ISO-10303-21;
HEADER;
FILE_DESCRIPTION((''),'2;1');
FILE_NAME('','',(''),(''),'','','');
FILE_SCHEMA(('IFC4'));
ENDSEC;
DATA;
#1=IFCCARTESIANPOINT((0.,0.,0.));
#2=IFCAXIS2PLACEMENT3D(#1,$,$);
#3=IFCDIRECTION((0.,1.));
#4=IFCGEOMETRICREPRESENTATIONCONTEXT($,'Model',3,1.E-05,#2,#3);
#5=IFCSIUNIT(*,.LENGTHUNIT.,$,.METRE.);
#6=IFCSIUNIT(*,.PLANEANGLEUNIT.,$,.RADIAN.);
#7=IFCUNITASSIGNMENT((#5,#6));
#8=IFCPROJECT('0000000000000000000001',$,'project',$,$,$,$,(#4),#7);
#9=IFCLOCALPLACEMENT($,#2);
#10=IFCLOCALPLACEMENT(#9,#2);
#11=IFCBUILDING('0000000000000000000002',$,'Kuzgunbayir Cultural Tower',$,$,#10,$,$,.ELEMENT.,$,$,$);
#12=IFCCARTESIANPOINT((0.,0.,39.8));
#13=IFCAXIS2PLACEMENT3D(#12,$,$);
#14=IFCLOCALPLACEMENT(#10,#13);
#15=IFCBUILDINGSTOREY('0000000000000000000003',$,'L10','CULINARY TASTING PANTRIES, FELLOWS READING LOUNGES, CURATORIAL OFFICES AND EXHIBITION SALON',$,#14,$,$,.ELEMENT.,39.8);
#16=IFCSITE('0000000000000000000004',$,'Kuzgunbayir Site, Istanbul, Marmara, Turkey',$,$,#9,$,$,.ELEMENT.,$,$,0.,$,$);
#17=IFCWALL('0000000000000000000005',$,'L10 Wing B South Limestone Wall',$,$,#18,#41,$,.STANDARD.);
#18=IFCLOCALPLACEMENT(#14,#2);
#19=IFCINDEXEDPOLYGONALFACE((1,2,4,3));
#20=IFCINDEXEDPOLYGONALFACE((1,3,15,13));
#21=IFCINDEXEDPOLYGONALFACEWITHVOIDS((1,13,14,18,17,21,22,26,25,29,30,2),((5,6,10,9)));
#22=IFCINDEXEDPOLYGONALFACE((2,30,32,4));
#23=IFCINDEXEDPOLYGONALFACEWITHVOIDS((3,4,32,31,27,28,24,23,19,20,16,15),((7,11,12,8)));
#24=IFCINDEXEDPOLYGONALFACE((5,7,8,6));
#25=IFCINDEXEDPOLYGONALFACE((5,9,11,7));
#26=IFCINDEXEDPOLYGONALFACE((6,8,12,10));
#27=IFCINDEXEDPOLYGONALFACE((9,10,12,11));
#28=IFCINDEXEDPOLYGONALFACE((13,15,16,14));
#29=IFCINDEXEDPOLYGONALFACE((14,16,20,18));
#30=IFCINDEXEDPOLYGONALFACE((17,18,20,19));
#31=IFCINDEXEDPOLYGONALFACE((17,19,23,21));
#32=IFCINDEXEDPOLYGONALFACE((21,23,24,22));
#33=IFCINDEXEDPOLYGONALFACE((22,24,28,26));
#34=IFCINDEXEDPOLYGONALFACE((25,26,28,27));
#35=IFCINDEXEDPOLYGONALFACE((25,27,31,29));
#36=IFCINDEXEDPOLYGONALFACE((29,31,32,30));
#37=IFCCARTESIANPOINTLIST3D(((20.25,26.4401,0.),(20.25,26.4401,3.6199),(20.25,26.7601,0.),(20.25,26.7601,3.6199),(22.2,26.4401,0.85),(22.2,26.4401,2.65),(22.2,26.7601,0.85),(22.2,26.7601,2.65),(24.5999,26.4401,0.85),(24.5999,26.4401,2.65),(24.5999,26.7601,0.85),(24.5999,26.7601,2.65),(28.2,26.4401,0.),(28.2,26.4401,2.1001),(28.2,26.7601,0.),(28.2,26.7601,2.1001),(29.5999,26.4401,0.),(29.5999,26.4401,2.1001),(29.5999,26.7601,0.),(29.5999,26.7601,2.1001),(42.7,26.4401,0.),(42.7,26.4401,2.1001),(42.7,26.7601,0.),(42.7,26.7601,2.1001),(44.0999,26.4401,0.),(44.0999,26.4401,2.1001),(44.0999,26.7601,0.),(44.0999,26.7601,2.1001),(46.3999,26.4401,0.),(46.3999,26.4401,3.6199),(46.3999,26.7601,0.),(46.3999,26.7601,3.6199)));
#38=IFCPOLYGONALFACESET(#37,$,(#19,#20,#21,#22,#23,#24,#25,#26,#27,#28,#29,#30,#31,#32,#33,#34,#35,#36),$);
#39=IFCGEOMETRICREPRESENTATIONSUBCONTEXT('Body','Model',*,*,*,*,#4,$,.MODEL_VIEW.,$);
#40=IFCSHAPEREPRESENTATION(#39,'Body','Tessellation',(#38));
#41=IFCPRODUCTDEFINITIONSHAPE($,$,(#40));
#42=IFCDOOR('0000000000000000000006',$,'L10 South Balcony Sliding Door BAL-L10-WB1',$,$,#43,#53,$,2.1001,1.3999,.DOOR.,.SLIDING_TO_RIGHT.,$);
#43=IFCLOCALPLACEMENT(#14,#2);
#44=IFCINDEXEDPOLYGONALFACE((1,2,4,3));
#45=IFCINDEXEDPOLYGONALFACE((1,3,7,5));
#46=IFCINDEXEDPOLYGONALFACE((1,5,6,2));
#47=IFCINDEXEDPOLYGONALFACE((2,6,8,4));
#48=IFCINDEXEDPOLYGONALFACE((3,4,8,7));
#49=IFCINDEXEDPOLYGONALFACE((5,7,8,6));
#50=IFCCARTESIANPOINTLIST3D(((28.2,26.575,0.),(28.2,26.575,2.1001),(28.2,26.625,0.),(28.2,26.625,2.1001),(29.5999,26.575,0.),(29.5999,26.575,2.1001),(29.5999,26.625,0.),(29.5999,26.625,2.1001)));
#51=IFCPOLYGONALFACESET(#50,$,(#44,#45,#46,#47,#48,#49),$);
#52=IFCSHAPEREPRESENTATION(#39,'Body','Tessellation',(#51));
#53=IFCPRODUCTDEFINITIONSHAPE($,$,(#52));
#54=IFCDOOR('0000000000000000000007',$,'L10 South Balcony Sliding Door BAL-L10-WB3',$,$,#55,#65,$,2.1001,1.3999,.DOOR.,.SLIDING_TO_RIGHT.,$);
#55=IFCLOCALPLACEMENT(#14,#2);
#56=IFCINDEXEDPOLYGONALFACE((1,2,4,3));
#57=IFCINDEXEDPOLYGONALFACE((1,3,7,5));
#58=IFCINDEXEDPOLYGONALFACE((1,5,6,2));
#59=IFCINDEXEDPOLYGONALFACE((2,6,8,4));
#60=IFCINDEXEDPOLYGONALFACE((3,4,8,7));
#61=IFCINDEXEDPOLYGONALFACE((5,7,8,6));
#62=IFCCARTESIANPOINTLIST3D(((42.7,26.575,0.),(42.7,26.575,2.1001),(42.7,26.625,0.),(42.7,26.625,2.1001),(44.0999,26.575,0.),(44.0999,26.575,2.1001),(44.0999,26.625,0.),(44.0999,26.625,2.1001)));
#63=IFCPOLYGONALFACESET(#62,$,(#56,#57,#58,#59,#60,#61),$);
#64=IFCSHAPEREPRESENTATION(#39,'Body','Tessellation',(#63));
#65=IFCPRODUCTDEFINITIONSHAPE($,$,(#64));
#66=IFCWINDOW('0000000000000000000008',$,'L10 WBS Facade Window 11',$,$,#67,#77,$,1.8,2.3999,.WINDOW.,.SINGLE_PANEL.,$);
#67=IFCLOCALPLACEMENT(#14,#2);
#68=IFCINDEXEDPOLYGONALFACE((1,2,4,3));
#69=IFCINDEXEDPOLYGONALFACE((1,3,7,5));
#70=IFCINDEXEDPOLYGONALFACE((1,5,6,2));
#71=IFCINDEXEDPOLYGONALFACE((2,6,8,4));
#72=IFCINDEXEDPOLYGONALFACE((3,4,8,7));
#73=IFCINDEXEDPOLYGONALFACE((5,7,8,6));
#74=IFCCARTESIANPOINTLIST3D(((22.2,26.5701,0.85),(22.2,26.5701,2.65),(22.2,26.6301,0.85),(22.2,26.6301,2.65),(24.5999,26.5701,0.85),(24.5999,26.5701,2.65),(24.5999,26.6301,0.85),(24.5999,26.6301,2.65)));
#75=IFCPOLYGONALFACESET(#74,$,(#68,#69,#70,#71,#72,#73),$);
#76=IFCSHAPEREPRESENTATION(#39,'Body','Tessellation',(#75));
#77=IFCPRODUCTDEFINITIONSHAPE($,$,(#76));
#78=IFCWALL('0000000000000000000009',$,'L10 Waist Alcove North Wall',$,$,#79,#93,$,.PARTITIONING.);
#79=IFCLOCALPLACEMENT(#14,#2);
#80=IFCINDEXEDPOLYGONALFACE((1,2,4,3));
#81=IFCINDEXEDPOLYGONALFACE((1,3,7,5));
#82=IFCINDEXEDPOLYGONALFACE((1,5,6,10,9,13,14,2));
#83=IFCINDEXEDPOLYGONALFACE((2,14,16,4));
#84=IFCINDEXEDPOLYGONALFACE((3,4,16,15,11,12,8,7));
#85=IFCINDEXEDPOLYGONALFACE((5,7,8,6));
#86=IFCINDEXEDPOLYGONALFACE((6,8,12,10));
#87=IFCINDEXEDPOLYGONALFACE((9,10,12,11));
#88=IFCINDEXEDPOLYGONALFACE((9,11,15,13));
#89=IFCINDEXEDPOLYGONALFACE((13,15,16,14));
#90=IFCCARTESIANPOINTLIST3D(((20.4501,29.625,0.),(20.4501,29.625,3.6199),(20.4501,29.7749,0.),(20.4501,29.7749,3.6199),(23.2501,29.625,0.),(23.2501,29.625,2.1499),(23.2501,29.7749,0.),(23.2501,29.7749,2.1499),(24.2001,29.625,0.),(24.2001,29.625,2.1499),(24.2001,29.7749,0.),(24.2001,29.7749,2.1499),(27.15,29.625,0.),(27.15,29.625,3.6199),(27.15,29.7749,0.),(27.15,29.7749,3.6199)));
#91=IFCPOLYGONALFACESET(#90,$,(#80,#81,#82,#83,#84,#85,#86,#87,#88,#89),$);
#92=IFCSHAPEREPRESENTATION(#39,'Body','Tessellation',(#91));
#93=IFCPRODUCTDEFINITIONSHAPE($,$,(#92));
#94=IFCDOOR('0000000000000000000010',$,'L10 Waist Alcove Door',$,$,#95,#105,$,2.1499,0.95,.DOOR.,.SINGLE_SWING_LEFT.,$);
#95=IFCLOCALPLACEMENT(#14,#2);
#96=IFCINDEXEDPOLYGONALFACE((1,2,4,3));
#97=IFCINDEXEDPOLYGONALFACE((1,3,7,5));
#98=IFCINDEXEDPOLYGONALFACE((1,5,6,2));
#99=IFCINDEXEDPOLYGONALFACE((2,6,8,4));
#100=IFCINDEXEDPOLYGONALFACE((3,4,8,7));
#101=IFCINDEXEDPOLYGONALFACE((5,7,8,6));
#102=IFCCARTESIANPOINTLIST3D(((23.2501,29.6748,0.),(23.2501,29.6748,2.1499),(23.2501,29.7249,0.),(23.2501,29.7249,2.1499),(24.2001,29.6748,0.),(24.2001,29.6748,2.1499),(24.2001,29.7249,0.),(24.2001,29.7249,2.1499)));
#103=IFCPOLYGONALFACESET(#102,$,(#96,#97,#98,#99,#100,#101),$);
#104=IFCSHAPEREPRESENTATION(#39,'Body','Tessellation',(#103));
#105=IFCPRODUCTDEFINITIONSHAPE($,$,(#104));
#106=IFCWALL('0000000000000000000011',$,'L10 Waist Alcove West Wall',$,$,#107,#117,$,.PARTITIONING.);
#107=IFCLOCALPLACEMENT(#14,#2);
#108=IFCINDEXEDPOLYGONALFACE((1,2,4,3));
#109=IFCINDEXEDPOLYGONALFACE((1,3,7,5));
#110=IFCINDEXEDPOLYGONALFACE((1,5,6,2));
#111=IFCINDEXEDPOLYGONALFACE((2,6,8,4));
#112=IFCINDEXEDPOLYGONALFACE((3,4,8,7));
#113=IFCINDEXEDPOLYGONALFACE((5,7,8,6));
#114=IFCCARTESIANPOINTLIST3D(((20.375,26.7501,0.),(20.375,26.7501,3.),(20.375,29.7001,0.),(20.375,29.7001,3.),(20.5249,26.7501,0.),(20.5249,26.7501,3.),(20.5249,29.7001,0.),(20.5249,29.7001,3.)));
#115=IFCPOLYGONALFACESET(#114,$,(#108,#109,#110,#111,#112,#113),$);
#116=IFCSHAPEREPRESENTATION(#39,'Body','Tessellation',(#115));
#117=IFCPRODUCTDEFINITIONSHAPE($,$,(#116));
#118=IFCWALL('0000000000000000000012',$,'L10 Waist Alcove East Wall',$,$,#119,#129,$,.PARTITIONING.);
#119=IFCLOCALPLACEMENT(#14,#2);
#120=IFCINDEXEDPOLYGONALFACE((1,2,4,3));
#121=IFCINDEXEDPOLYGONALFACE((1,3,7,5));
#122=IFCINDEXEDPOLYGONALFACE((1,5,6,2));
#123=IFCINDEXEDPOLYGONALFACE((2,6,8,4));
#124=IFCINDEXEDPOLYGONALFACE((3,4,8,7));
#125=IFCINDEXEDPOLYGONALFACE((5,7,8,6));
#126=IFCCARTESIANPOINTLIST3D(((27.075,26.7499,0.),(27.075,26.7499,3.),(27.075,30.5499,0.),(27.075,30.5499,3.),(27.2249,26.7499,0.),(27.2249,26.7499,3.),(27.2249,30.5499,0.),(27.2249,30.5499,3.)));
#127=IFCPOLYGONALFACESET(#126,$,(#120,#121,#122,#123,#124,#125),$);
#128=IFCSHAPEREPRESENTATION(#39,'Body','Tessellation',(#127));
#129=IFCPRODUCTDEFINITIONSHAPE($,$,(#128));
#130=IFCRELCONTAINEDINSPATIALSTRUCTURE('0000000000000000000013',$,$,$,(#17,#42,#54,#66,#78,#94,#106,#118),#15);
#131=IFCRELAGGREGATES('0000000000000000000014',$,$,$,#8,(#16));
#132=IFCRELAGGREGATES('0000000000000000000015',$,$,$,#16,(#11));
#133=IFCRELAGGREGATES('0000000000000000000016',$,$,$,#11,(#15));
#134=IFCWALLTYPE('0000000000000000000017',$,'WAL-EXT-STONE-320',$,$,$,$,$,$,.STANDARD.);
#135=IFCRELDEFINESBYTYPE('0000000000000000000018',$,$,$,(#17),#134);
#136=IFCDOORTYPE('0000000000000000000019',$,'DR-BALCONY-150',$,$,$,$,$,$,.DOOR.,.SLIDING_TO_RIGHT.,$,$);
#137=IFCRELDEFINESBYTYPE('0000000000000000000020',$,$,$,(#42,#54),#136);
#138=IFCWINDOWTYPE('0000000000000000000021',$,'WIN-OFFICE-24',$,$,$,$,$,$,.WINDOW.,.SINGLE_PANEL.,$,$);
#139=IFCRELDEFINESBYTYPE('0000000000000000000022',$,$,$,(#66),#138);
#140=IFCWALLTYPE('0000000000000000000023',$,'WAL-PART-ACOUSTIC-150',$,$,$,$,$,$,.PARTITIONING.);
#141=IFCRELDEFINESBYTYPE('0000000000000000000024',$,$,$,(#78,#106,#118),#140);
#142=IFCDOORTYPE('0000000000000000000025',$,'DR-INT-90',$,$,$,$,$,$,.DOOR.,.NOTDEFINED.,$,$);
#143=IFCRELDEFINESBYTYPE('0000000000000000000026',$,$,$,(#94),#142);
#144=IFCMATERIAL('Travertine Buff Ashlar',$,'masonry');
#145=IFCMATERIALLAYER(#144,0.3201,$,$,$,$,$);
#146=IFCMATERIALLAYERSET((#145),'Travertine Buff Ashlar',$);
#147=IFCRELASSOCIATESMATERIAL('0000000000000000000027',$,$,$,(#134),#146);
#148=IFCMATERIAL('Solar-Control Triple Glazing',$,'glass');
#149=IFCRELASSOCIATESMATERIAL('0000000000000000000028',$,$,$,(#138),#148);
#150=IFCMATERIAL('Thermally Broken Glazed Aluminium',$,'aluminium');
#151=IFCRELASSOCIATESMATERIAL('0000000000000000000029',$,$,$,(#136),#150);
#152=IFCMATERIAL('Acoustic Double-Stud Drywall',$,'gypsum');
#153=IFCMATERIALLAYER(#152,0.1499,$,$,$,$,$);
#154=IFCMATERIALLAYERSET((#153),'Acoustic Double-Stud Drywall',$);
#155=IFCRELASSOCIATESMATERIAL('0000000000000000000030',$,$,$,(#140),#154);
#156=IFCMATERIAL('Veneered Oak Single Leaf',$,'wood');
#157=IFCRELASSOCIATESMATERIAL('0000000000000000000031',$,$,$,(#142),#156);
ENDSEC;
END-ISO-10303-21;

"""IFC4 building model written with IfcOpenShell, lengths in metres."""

from ifc_helpers import new_model, si_unit, direction, frame, frame_2d, origin, place, context, subcontext, project, spatial, rectangle, extrude, material, layer, layer_set, type_object, element, fill, save


model = new_model("IFC4")

# Units and contexts
model_context = context("Model", 3, precision=1e-05, world=origin(), true_north=direction((0.0, 1.0)))
body_context = subcontext(model_context, "Body", "Model", "MODEL_VIEW")
ifc_project = project(units=[si_unit("LENGTHUNIT", "METRE"), si_unit("PLANEANGLEUNIT", "RADIAN")], contexts=[model_context])

# Site, building, storey
site_placement = place(None, origin())
site = spatial("IfcSite", under=ifc_project, at=site_placement, Name="Kuzgunbayir Site, Istanbul, Marmara, Turkey", CompositionType="ELEMENT", RefElevation=0.0)
building_placement = place(site_placement, origin())
building = spatial("IfcBuilding", under=site, at=building_placement, Name="Kuzgunbayir Cultural Tower", CompositionType="ELEMENT")
storey_placement = place(building_placement, frame((0.0, 0.0, 39.8)))
storey = spatial("IfcBuildingStorey", under=building, at=storey_placement, Name="L10", Description="CULINARY TASTING PANTRIES, FELLOWS READING LOUNGES, CURATORIAL OFFICES AND EXHIBITION SALON", CompositionType="ELEMENT", Elevation=39.8)

# Shared definitions
ifc_material_1 = material(Name="Travertine Buff Ashlar", Category="masonry")
ifc_layer_1 = layer(ifc_material_1, 0.3201)
ifc_layer_set_1 = layer_set([ifc_layer_1], Name="Travertine Buff Ashlar")
wall_type_1 = type_object("IfcWallType", Name="WAL-EXT-STONE-320", PredefinedType="STANDARD", material=ifc_layer_set_1)
ifc_material_2 = material(Name="Solar-Control Triple Glazing", Category="glass")
window_type_1 = type_object("IfcWindowType", Name="WIN-OFFICE-24", PartitioningType="SINGLE_PANEL", PredefinedType="WINDOW", material=ifc_material_2)

# Wall, openings, doors, window
wall_1_placement = place(storey_placement, frame((20.25, 26.6001, 0.0), z_axis=(0.0, 0.0, 1.0), x_axis=(1.0, 0.0, 0.0)))
wall_1 = element("IfcWall", 1, at=wall_1_placement, inside=storey, type_object=wall_type_1, Name="L10 Wing B South Limestone Wall", PredefinedType="STANDARD", context=body_context, shape_type="SweptSolid", body=[
    extrude(rectangle(XDim=26.1499, YDim=0.3201, at=frame_2d((13.075, 0.0))), origin(), (0.0, 0.0, 1.0), 3.6199),
])
opening_1_placement = place(wall_1_placement, frame((7.95, 0.0, 0.0)))
opening_1 = element("IfcOpeningElement", 2, at=opening_1_placement, cuts=wall_1, PredefinedType="OPENING", context=body_context, shape_type="SweptSolid", body=[
    extrude(rectangle(XDim=1.3999, YDim=2.1001, at=frame_2d((0.7, 1.05))), frame((0.0, 0.1699, 0.0), z_axis=(0.0, -1.0, 0.0), x_axis=(1.0, 0.0, 0.0)), (0.0, 0.0, 1.0), 0.3401),
])
opening_2_placement = place(wall_1_placement, frame((22.45, 0.0, 0.0)))
opening_2 = element("IfcOpeningElement", 3, at=opening_2_placement, cuts=wall_1, PredefinedType="OPENING", context=body_context, shape_type="SweptSolid", body=[
    extrude(rectangle(XDim=1.3999, YDim=2.1001, at=frame_2d((0.7, 1.05))), frame((0.0, 0.1699, 0.0), z_axis=(0.0, -1.0, 0.0), x_axis=(1.0, 0.0, 0.0)), (0.0, 0.0, 1.0), 0.3401),
])
opening_3_placement = place(wall_1_placement, frame((1.95, 0.0, 0.8501)))
opening_3 = element("IfcOpeningElement", 4, at=opening_3_placement, cuts=wall_1, PredefinedType="OPENING", context=body_context, shape_type="SweptSolid", body=[
    extrude(rectangle(XDim=2.3999, YDim=1.8, at=frame_2d((1.2, 0.8999))), frame((0.0, 0.1699, 0.0), z_axis=(0.0, -1.0, 0.0), x_axis=(1.0, 0.0, 0.0)), (0.0, 0.0, 1.0), 0.3401),
])
ifc_material_3 = material(Name="Thermally Broken Glazed Aluminium", Category="aluminium")
door_type_1 = type_object("IfcDoorType", Name="DR-BALCONY-150", OperationType="SLIDING_TO_RIGHT", PredefinedType="DOOR", material=ifc_material_3)
door_1_placement = place(opening_1_placement, origin())
door_1 = element("IfcDoor", 5, at=door_1_placement, inside=storey, type_object=door_type_1, Name="L10 South Balcony Sliding Door BAL-L10-WB1", OperationType="SLIDING_TO_RIGHT", OverallHeight=2.1001, OverallWidth=1.3999, PredefinedType="DOOR", context=body_context, shape_type="SweptSolid", body=[
    extrude(rectangle(XDim=1.3999, YDim=2.1001, at=frame_2d((0.7, 1.05))), frame((0.0, 0.0249, 0.0), z_axis=(0.0, -1.0, 0.0), x_axis=(1.0, 0.0, 0.0)), (0.0, 0.0, 1.0), 0.05),
])
fill(opening_1, door_1)
door_2_placement = place(opening_2_placement, origin())
door_2 = element("IfcDoor", 6, at=door_2_placement, inside=storey, type_object=door_type_1, Name="L10 South Balcony Sliding Door BAL-L10-WB3", OperationType="SLIDING_TO_RIGHT", OverallHeight=2.1001, OverallWidth=1.3999, PredefinedType="DOOR", context=body_context, shape_type="SweptSolid", body=[
    extrude(rectangle(XDim=1.3999, YDim=2.1001, at=frame_2d((0.7, 1.05))), frame((0.0, 0.0249, 0.0), z_axis=(0.0, -1.0, 0.0), x_axis=(1.0, 0.0, 0.0)), (0.0, 0.0, 1.0), 0.05),
])
fill(opening_2, door_2)
window_1_placement = place(opening_3_placement, origin())
window_1 = element("IfcWindow", 7, at=window_1_placement, inside=storey, type_object=window_type_1, Name="L10 WBS Facade Window 11", OverallHeight=1.8, OverallWidth=2.3999, PartitioningType="SINGLE_PANEL", PredefinedType="WINDOW", context=body_context, shape_type="SweptSolid", body=[
    extrude(rectangle(XDim=2.3999, YDim=1.8, at=frame_2d((1.2, 0.8999))), frame((0.0, 0.03, 0.0), z_axis=(0.0, -1.0, 0.0), x_axis=(1.0, 0.0, 0.0)), (0.0, 0.0, 1.0), 0.0601),
])
fill(opening_3, window_1)

# Wall, opening, door
ifc_material_4 = material(Name="Acoustic Double-Stud Drywall", Category="gypsum")
ifc_layer_2 = layer(ifc_material_4, 0.1499)
ifc_layer_set_2 = layer_set([ifc_layer_2], Name="Acoustic Double-Stud Drywall")
wall_type_2 = type_object("IfcWallType", Name="WAL-PART-ACOUSTIC-150", PredefinedType="PARTITIONING", material=ifc_layer_set_2)
wall_2_placement = place(storey_placement, frame((20.45, 29.7, 0.0), z_axis=(0.0, 0.0, 1.0), x_axis=(1.0, 0.0, 0.0)))
wall_2 = element("IfcWall", 8, at=wall_2_placement, inside=storey, type_object=wall_type_2, Name="L10 Waist Alcove North Wall", PredefinedType="PARTITIONING", context=body_context, shape_type="SweptSolid", body=[
    extrude(rectangle(XDim=6.7, YDim=0.1499, at=frame_2d((3.3501, 0.0))), origin(), (0.0, 0.0, 1.0), 3.6199),
])
opening_4_placement = place(wall_2_placement, frame((2.8, 0.0, 0.0)))
opening_4 = element("IfcOpeningElement", 9, at=opening_4_placement, cuts=wall_2, PredefinedType="OPENING", context=body_context, shape_type="SweptSolid", body=[
    extrude(rectangle(XDim=0.95, YDim=2.1499, at=frame_2d((0.4751, 1.075))), frame((0.0, 0.085, 0.0), z_axis=(0.0, -1.0, 0.0), x_axis=(1.0, 0.0, 0.0)), (0.0, 0.0, 1.0), 0.1699),
])
ifc_material_5 = material(Name="Veneered Oak Single Leaf", Category="wood")
door_type_2 = type_object("IfcDoorType", Name="DR-INT-90", OperationType="NOTDEFINED", PredefinedType="DOOR", material=ifc_material_5)
door_3_placement = place(opening_4_placement, origin())
door_3 = element("IfcDoor", 10, at=door_3_placement, inside=storey, type_object=door_type_2, Name="L10 Waist Alcove Door", OperationType="SINGLE_SWING_LEFT", OverallHeight=2.1499, OverallWidth=0.95, PredefinedType="DOOR", context=body_context, shape_type="SweptSolid", body=[
    extrude(rectangle(XDim=0.95, YDim=2.1499, at=frame_2d((0.4751, 1.075))), frame((0.0, 0.0249, 0.0), z_axis=(0.0, -1.0, 0.0), x_axis=(1.0, 0.0, 0.0)), (0.0, 0.0, 1.0), 0.05),
])
fill(opening_4, door_3)

# Walls
wall_3_placement = place(storey_placement, frame((20.45, 26.75, 0.0), z_axis=(0.0, 0.0, 1.0), x_axis=(0.0, 1.0, 0.0)))
element("IfcWall", 11, at=wall_3_placement, inside=storey, type_object=wall_type_2, Name="L10 Waist Alcove West Wall", PredefinedType="PARTITIONING", context=body_context, shape_type="SweptSolid", body=[
    extrude(rectangle(XDim=2.95, YDim=0.1499, at=frame_2d((1.4751, 0.0))), origin(), (0.0, 0.0, 1.0), 3.0),
])
wall_4_placement = place(storey_placement, frame((27.1499, 26.75, 0.0), z_axis=(0.0, 0.0, 1.0), x_axis=(0.0, 1.0, 0.0)))
element("IfcWall", 12, at=wall_4_placement, inside=storey, type_object=wall_type_2, Name="L10 Waist Alcove East Wall", PredefinedType="PARTITIONING", context=body_context, shape_type="SweptSolid", body=[
    extrude(rectangle(XDim=3.8, YDim=0.1499, at=frame_2d((1.8999, 0.0))), origin(), (0.0, 0.0, 1.0), 3.0),
])

save(model, "model.ifc")
